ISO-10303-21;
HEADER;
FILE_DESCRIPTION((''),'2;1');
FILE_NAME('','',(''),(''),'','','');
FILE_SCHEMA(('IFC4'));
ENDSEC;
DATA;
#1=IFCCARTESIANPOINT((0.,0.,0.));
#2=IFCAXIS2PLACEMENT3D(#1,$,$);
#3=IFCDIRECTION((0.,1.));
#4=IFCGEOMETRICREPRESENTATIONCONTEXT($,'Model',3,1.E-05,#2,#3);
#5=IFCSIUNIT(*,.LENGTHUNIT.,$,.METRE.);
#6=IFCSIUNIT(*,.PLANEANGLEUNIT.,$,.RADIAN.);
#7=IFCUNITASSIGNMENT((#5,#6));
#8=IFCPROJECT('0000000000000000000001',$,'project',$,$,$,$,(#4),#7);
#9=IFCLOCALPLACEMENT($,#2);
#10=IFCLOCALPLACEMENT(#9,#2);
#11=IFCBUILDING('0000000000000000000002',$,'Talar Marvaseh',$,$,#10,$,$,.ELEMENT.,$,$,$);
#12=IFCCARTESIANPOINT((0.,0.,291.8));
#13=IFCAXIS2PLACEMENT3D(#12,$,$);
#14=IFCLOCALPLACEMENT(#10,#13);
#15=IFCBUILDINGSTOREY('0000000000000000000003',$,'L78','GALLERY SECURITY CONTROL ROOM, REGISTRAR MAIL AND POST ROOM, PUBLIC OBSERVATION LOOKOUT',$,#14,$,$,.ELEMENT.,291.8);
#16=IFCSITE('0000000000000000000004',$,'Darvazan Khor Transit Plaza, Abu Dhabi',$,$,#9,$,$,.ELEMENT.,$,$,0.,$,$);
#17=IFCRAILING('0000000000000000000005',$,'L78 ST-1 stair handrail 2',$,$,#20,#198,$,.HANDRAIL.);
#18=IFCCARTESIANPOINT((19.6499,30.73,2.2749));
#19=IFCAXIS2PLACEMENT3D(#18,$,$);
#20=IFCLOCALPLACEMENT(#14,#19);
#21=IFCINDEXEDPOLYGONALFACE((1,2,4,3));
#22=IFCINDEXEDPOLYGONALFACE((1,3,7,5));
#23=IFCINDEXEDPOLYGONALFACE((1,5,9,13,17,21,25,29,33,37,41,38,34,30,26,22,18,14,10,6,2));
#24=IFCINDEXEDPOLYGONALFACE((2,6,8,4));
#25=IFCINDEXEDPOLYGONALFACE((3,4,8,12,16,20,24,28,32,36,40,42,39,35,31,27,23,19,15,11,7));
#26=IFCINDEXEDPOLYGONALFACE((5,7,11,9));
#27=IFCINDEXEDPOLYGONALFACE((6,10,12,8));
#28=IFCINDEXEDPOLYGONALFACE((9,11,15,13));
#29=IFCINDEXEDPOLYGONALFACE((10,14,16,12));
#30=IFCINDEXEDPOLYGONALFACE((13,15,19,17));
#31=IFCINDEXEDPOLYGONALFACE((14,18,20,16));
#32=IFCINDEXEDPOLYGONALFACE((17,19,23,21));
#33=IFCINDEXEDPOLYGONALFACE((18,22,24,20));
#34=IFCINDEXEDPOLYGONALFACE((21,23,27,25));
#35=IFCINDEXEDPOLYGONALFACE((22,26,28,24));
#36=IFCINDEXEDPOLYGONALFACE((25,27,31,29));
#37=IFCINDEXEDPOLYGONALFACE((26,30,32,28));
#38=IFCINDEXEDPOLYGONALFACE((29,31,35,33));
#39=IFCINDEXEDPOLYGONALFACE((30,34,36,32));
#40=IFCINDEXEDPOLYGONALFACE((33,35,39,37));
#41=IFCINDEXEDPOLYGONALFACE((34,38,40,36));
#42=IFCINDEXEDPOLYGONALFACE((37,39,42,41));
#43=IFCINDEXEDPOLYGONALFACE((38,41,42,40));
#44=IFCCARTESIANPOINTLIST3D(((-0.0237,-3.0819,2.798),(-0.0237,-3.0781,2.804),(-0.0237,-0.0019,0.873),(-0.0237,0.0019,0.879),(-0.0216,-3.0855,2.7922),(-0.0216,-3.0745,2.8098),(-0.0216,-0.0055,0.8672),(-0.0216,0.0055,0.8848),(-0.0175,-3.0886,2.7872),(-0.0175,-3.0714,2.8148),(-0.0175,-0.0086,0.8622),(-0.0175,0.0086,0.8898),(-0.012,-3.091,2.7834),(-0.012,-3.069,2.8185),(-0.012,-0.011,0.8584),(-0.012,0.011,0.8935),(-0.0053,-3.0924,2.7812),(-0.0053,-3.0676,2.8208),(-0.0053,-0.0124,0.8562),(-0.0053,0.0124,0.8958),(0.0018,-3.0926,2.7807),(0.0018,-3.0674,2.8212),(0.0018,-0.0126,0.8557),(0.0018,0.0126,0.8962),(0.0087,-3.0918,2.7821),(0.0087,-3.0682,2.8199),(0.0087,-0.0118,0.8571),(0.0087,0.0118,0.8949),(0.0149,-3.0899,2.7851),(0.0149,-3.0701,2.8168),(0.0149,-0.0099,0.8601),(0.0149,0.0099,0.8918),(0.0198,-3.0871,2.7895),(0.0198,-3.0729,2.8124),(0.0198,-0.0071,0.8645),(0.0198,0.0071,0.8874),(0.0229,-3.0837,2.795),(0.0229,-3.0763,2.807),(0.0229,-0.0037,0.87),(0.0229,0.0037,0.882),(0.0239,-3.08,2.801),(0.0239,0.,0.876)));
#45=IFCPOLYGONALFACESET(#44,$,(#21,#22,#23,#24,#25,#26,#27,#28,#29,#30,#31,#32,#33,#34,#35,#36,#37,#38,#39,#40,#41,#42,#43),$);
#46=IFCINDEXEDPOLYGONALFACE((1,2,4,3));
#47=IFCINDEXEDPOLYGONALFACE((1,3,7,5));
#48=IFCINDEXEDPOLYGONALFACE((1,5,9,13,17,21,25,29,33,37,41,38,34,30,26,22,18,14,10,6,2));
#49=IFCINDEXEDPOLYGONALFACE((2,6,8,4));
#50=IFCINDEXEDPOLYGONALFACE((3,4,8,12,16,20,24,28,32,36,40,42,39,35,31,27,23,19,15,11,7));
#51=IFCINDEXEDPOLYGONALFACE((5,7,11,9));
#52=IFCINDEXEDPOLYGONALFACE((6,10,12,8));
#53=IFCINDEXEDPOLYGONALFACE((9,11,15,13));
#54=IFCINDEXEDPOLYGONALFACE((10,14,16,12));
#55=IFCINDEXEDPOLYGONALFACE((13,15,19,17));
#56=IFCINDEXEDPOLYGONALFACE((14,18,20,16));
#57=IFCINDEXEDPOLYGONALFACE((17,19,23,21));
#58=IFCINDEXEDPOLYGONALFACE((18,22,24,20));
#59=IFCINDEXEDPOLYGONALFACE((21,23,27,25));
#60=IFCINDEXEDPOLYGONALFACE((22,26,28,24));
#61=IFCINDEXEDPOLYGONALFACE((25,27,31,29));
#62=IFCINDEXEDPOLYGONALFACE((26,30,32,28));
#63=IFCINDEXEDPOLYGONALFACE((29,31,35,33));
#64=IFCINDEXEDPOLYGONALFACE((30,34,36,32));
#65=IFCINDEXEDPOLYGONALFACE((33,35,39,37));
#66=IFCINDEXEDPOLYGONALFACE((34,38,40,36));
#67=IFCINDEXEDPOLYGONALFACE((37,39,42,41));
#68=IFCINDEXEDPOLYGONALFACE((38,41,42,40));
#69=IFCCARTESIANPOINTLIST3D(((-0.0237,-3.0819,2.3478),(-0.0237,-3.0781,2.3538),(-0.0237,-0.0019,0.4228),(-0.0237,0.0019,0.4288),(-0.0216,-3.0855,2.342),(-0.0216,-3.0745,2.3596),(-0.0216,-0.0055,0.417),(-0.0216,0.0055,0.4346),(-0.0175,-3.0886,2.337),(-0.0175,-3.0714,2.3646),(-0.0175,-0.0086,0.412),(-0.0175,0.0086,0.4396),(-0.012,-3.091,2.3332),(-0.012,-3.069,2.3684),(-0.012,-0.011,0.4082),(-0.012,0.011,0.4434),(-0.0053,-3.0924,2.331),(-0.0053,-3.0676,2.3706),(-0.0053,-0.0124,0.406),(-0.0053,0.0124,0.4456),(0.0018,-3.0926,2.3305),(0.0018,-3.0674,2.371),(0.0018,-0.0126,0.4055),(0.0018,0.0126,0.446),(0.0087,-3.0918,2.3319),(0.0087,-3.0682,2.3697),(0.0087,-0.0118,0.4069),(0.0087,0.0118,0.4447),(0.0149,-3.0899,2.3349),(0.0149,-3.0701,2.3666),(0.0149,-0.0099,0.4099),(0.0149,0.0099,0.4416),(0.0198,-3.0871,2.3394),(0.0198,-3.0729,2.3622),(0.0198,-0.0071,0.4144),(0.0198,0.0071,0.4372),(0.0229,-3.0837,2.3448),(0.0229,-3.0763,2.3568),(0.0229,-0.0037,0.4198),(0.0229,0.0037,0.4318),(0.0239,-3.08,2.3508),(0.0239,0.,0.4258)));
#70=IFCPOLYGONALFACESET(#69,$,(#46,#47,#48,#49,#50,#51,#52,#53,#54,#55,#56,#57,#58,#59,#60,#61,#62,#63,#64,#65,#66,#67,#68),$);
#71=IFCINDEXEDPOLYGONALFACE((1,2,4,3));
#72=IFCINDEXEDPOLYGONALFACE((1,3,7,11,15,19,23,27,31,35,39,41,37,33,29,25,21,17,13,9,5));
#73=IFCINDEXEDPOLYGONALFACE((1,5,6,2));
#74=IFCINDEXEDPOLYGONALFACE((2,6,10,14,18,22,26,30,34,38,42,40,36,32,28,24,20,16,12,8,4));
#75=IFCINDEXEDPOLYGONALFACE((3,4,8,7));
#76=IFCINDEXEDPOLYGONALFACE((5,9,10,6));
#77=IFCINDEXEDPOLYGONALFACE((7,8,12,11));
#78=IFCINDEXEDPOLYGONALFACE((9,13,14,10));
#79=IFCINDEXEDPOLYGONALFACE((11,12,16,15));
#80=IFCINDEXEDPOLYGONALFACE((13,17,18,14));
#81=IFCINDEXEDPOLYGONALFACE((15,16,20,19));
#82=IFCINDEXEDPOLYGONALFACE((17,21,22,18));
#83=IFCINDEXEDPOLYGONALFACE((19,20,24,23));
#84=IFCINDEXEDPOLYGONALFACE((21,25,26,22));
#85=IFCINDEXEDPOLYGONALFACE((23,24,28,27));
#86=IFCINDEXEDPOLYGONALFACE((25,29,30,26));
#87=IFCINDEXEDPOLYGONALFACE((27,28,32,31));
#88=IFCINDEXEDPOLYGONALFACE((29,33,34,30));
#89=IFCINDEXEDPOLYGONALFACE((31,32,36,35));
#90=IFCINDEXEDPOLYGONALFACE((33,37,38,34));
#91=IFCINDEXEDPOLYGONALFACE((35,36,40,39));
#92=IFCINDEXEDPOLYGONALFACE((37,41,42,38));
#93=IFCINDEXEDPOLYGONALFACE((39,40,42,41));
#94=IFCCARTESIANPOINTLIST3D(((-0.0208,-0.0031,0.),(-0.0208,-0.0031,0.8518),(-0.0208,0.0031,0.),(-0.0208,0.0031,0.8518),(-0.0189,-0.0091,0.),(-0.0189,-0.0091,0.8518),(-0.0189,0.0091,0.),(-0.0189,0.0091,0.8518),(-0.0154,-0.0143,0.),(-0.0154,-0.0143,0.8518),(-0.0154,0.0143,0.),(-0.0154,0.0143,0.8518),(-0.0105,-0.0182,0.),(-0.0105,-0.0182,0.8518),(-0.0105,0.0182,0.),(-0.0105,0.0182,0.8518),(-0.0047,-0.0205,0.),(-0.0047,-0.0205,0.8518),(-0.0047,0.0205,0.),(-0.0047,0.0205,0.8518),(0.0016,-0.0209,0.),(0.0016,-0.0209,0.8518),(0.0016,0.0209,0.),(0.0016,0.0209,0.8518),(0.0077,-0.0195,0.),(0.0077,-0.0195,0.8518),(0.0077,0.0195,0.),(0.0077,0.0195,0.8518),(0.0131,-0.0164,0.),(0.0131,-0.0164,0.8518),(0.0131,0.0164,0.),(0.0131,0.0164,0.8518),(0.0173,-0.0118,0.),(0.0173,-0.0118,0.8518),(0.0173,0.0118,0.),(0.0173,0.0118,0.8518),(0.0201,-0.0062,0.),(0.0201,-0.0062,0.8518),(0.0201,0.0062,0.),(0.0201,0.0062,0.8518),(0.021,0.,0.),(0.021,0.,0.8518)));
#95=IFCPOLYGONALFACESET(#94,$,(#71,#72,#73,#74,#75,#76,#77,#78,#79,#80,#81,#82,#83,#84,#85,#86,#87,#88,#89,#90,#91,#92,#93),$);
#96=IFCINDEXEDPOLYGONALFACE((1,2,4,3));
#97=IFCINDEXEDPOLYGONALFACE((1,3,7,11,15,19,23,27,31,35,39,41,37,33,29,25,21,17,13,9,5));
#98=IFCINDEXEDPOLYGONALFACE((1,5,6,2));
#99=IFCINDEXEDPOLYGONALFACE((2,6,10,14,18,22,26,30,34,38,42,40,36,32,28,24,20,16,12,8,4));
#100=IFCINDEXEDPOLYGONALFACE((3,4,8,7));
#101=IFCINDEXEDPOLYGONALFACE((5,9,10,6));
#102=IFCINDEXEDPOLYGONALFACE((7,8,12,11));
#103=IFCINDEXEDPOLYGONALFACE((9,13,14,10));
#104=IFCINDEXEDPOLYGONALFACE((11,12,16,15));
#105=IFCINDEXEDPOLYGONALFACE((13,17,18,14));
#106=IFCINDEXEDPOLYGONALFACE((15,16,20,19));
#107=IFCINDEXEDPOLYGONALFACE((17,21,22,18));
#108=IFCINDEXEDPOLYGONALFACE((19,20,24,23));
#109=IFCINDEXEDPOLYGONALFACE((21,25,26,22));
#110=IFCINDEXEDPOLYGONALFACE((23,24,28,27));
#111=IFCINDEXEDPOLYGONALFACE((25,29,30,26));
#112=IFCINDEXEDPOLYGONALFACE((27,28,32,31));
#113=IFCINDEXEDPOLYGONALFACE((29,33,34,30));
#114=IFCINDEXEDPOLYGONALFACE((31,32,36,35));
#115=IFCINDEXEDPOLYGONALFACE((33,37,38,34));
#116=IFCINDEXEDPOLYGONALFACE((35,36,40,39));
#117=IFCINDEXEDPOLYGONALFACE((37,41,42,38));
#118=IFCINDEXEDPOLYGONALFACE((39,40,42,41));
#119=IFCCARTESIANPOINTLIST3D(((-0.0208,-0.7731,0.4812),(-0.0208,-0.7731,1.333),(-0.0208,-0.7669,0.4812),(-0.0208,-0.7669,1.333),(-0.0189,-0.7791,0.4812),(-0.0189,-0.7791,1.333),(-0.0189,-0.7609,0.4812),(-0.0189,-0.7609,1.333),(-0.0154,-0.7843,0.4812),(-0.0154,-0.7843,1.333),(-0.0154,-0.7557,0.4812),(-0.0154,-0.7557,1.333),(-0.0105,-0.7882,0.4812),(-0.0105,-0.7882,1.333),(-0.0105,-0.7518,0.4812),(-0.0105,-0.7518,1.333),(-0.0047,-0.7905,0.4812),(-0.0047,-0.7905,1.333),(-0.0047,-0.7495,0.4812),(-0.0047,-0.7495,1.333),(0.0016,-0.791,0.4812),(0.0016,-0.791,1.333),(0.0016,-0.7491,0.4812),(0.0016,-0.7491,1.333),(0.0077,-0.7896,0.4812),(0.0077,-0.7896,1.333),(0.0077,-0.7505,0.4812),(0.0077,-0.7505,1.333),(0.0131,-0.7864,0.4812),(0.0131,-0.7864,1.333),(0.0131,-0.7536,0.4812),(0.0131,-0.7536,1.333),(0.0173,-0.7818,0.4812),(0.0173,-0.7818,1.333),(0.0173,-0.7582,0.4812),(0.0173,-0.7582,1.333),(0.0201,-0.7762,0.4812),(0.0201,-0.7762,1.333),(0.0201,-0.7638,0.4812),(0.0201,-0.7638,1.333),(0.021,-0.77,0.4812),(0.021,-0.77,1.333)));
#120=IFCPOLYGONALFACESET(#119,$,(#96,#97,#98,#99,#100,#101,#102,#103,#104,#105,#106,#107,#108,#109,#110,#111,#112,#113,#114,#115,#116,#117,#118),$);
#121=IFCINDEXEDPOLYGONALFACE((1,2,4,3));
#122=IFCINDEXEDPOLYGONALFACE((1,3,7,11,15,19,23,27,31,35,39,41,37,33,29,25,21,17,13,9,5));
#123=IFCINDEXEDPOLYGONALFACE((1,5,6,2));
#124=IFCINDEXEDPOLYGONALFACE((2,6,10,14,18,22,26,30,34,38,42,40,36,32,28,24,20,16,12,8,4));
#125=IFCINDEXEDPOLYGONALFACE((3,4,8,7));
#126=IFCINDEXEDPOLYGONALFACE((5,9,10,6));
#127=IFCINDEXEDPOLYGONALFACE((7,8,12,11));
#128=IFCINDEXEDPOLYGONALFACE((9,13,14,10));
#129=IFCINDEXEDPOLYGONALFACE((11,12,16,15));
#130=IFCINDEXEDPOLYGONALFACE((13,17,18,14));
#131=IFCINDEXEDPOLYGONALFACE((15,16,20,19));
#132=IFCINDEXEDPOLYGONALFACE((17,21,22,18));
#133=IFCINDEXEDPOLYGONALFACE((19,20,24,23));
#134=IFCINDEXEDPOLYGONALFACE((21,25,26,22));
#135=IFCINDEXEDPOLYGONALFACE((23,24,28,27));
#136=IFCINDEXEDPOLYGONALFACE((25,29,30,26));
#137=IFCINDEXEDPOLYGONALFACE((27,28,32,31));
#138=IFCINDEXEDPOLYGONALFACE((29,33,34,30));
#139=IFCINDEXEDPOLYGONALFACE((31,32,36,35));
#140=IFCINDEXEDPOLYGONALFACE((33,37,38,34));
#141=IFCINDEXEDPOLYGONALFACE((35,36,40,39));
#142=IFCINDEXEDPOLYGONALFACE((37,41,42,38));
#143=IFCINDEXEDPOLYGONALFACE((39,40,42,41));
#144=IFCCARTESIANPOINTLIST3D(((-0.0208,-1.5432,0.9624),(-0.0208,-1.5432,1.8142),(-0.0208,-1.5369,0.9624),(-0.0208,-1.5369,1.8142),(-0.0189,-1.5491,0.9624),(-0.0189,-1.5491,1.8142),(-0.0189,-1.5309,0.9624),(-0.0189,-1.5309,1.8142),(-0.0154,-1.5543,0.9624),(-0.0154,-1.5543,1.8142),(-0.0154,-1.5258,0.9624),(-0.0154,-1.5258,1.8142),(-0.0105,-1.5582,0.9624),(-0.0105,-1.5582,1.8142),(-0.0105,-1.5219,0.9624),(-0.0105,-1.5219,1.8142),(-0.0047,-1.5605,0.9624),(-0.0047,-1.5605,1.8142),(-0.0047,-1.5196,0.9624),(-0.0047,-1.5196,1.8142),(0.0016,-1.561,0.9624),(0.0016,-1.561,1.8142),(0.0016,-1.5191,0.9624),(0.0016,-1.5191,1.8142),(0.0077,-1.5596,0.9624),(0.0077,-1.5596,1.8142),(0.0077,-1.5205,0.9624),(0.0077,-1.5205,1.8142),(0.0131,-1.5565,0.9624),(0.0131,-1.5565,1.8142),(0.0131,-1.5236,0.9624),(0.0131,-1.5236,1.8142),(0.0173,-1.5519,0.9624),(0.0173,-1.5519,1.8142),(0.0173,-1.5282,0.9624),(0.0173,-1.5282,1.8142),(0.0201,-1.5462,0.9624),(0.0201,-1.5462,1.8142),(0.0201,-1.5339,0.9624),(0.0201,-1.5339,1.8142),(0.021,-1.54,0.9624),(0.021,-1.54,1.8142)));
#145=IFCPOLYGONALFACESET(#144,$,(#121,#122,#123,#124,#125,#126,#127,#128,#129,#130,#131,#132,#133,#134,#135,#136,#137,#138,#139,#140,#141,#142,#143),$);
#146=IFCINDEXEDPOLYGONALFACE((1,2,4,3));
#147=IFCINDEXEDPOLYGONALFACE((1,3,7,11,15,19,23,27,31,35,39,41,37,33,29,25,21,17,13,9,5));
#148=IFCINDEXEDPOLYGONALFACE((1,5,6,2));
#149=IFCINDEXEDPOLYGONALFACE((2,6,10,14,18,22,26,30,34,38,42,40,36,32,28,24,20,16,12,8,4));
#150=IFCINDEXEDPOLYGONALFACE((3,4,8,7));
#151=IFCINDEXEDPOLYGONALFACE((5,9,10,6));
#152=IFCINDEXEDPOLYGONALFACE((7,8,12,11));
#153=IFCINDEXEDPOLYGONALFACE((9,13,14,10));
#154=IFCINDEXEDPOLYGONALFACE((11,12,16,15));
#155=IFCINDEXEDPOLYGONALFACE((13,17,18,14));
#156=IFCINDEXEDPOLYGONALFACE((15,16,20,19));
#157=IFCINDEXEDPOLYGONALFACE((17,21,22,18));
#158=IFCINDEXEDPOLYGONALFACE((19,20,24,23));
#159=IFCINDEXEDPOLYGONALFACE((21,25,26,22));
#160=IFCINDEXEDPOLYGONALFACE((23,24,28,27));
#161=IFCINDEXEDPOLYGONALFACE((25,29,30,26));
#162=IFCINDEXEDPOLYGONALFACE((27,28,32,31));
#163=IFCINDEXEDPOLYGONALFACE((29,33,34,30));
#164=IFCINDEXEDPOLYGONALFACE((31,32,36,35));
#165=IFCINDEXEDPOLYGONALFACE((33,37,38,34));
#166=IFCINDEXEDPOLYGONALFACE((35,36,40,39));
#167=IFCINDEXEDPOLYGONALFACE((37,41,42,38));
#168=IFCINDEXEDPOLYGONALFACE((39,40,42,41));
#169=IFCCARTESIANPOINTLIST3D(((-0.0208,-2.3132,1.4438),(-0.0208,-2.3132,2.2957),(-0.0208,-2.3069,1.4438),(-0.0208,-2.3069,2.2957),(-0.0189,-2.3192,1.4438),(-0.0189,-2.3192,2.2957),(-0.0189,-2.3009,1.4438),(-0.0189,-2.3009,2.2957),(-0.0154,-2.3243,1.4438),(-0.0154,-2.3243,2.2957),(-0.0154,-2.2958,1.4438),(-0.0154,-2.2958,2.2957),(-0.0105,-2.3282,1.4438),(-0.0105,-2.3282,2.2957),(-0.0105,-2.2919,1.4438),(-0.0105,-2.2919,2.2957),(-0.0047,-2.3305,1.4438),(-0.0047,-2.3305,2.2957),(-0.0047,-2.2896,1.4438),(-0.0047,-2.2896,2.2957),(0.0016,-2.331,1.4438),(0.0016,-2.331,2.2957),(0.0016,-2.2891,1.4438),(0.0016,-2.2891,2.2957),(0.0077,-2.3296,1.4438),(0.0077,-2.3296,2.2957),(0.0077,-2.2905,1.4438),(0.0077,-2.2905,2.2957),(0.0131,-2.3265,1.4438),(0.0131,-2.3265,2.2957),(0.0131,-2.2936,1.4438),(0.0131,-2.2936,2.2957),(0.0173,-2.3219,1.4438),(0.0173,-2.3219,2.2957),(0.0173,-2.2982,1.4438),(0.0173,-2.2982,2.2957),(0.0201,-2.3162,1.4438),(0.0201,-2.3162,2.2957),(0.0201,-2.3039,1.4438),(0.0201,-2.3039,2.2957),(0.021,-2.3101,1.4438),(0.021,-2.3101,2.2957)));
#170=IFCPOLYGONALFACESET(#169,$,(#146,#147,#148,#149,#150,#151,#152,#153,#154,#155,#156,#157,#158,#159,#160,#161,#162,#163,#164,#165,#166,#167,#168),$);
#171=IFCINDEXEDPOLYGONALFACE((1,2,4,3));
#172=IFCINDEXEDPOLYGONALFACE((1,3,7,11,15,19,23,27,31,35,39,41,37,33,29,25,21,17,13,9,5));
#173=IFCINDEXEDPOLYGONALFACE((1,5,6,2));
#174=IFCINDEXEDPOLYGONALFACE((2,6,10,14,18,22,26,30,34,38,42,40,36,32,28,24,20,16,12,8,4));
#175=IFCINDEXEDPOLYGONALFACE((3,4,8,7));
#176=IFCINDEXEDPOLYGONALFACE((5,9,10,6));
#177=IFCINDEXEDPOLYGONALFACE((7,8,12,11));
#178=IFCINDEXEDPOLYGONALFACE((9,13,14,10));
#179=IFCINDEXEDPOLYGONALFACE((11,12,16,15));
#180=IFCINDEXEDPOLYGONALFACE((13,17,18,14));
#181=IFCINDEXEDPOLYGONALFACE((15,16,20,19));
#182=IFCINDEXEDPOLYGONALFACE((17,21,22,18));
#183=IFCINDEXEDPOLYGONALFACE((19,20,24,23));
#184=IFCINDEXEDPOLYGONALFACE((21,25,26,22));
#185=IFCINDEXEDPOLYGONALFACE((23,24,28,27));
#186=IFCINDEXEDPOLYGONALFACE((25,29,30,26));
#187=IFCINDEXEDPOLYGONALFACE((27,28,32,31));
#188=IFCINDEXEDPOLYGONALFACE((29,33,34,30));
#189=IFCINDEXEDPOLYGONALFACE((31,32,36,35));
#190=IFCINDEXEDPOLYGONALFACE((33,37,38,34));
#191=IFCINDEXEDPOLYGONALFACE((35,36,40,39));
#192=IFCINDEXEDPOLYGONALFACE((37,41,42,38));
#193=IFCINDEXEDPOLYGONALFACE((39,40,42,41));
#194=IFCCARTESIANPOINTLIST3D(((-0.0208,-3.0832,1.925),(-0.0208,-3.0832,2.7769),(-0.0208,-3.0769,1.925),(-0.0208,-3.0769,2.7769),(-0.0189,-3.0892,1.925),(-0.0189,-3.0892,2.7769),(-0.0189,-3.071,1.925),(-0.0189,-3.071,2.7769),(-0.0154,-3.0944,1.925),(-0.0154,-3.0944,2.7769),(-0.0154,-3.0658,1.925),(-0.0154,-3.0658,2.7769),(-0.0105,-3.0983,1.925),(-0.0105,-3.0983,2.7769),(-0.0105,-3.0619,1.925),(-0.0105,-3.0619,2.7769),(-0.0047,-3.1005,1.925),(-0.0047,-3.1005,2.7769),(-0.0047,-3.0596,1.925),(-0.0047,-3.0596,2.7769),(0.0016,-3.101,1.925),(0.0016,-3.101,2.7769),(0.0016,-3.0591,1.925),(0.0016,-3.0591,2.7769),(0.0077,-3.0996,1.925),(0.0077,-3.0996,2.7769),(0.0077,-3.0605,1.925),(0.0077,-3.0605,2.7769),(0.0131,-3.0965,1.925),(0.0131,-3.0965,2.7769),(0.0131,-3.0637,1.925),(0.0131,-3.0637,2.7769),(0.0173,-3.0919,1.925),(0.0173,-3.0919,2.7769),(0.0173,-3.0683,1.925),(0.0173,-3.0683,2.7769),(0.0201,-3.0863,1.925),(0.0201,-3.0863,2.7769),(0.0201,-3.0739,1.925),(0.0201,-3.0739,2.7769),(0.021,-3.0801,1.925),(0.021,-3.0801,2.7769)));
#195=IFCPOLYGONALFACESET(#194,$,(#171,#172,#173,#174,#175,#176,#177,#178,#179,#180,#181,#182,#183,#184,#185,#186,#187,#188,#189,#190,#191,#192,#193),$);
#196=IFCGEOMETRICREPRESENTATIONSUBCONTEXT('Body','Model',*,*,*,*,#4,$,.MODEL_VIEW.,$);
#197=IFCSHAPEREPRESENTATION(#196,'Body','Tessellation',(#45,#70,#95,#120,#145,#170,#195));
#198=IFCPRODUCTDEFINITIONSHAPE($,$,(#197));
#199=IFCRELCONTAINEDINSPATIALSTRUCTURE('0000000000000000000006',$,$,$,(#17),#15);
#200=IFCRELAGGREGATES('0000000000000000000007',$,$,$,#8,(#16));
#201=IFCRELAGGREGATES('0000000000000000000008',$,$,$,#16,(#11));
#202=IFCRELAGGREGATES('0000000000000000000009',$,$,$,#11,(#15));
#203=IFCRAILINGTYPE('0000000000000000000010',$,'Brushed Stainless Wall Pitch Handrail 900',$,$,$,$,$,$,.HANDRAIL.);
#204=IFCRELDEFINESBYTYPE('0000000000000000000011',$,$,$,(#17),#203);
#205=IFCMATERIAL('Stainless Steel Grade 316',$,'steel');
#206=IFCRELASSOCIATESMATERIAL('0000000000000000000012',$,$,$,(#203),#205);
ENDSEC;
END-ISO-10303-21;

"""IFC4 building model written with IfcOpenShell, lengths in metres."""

from ifc_helpers import new_model, si_unit, direction, frame, origin, origin_2d, place, context, subcontext, project, spatial, circle, extrude, material, type_object, element, save


model = new_model("IFC4")

# Units and contexts
model_context = context("Model", 3, precision=1e-05, world=origin(), true_north=direction((0.0, 1.0)))
body_context = subcontext(model_context, "Body", "Model", "MODEL_VIEW")
ifc_project = project(units=[si_unit("LENGTHUNIT", "METRE"), si_unit("PLANEANGLEUNIT", "RADIAN")], contexts=[model_context])

# Site, building, storey
site_placement = place(None, origin())
site = spatial("IfcSite", under=ifc_project, at=site_placement, Name="Darvazan Khor Transit Plaza, Abu Dhabi", CompositionType="ELEMENT", RefElevation=0.0)
building_placement = place(site_placement, origin())
building = spatial("IfcBuilding", under=site, at=building_placement, Name="Talar Marvaseh", CompositionType="ELEMENT")
storey_placement = place(building_placement, frame((0.0, 0.0, 291.8)))
storey = spatial("IfcBuildingStorey", under=building, at=storey_placement, Name="L78", Description="GALLERY SECURITY CONTROL ROOM, REGISTRAR MAIL AND POST ROOM, PUBLIC OBSERVATION LOOKOUT", CompositionType="ELEMENT", Elevation=291.8)

# Railing
ifc_material_1 = material(Name="Stainless Steel Grade 316", Category="steel")
railing_type_1 = type_object("IfcRailingType", Name="Brushed Stainless Wall Pitch Handrail 900", PredefinedType="HANDRAIL", material=ifc_material_1)
railing_1_placement = place(storey_placement, frame((19.6499, 30.73, 2.2749)))
element("IfcRailing", 1, at=railing_1_placement, inside=storey, type_object=railing_type_1, Name="L78 ST-1 stair handrail 2", PredefinedType="HANDRAIL", context=body_context, shape_type="SweptSolid", body=[
    extrude(circle(Radius=0.0239, at=origin_2d()), frame((0.0, 0.0, 0.876), z_axis=(0.0, -0.847998, 0.529999), x_axis=(1.0, 0.0, 0.0)), (0.0, 0.0, 1.0), 3.6321),
    extrude(circle(Radius=0.0239, at=origin_2d()), frame((0.0, 0.0, 0.4258), z_axis=(0.0, -0.847998, 0.529999), x_axis=(1.0, 0.0, 0.0)), (0.0, 0.0, 1.0), 3.6321),
    extrude(circle(Radius=0.021, at=origin_2d()), origin(), (0.0, 0.0, 1.0), 0.8518),
    extrude(circle(Radius=0.021, at=origin_2d()), frame((0.0, -0.77, 0.4812)), (0.0, 0.0, 1.0), 0.8518),
    extrude(circle(Radius=0.021, at=origin_2d()), frame((0.0, -1.54, 0.9624)), (0.0, 0.0, 1.0), 0.8518),
    extrude(circle(Radius=0.021, at=origin_2d()), frame((0.0, -2.3101, 1.4438)), (0.0, 0.0, 1.0), 0.8518),
    extrude(circle(Radius=0.021, at=origin_2d()), frame((0.0, -3.0801, 1.925)), (0.0, 0.0, 1.0), 0.8518),
])

save(model, "model.ifc")
